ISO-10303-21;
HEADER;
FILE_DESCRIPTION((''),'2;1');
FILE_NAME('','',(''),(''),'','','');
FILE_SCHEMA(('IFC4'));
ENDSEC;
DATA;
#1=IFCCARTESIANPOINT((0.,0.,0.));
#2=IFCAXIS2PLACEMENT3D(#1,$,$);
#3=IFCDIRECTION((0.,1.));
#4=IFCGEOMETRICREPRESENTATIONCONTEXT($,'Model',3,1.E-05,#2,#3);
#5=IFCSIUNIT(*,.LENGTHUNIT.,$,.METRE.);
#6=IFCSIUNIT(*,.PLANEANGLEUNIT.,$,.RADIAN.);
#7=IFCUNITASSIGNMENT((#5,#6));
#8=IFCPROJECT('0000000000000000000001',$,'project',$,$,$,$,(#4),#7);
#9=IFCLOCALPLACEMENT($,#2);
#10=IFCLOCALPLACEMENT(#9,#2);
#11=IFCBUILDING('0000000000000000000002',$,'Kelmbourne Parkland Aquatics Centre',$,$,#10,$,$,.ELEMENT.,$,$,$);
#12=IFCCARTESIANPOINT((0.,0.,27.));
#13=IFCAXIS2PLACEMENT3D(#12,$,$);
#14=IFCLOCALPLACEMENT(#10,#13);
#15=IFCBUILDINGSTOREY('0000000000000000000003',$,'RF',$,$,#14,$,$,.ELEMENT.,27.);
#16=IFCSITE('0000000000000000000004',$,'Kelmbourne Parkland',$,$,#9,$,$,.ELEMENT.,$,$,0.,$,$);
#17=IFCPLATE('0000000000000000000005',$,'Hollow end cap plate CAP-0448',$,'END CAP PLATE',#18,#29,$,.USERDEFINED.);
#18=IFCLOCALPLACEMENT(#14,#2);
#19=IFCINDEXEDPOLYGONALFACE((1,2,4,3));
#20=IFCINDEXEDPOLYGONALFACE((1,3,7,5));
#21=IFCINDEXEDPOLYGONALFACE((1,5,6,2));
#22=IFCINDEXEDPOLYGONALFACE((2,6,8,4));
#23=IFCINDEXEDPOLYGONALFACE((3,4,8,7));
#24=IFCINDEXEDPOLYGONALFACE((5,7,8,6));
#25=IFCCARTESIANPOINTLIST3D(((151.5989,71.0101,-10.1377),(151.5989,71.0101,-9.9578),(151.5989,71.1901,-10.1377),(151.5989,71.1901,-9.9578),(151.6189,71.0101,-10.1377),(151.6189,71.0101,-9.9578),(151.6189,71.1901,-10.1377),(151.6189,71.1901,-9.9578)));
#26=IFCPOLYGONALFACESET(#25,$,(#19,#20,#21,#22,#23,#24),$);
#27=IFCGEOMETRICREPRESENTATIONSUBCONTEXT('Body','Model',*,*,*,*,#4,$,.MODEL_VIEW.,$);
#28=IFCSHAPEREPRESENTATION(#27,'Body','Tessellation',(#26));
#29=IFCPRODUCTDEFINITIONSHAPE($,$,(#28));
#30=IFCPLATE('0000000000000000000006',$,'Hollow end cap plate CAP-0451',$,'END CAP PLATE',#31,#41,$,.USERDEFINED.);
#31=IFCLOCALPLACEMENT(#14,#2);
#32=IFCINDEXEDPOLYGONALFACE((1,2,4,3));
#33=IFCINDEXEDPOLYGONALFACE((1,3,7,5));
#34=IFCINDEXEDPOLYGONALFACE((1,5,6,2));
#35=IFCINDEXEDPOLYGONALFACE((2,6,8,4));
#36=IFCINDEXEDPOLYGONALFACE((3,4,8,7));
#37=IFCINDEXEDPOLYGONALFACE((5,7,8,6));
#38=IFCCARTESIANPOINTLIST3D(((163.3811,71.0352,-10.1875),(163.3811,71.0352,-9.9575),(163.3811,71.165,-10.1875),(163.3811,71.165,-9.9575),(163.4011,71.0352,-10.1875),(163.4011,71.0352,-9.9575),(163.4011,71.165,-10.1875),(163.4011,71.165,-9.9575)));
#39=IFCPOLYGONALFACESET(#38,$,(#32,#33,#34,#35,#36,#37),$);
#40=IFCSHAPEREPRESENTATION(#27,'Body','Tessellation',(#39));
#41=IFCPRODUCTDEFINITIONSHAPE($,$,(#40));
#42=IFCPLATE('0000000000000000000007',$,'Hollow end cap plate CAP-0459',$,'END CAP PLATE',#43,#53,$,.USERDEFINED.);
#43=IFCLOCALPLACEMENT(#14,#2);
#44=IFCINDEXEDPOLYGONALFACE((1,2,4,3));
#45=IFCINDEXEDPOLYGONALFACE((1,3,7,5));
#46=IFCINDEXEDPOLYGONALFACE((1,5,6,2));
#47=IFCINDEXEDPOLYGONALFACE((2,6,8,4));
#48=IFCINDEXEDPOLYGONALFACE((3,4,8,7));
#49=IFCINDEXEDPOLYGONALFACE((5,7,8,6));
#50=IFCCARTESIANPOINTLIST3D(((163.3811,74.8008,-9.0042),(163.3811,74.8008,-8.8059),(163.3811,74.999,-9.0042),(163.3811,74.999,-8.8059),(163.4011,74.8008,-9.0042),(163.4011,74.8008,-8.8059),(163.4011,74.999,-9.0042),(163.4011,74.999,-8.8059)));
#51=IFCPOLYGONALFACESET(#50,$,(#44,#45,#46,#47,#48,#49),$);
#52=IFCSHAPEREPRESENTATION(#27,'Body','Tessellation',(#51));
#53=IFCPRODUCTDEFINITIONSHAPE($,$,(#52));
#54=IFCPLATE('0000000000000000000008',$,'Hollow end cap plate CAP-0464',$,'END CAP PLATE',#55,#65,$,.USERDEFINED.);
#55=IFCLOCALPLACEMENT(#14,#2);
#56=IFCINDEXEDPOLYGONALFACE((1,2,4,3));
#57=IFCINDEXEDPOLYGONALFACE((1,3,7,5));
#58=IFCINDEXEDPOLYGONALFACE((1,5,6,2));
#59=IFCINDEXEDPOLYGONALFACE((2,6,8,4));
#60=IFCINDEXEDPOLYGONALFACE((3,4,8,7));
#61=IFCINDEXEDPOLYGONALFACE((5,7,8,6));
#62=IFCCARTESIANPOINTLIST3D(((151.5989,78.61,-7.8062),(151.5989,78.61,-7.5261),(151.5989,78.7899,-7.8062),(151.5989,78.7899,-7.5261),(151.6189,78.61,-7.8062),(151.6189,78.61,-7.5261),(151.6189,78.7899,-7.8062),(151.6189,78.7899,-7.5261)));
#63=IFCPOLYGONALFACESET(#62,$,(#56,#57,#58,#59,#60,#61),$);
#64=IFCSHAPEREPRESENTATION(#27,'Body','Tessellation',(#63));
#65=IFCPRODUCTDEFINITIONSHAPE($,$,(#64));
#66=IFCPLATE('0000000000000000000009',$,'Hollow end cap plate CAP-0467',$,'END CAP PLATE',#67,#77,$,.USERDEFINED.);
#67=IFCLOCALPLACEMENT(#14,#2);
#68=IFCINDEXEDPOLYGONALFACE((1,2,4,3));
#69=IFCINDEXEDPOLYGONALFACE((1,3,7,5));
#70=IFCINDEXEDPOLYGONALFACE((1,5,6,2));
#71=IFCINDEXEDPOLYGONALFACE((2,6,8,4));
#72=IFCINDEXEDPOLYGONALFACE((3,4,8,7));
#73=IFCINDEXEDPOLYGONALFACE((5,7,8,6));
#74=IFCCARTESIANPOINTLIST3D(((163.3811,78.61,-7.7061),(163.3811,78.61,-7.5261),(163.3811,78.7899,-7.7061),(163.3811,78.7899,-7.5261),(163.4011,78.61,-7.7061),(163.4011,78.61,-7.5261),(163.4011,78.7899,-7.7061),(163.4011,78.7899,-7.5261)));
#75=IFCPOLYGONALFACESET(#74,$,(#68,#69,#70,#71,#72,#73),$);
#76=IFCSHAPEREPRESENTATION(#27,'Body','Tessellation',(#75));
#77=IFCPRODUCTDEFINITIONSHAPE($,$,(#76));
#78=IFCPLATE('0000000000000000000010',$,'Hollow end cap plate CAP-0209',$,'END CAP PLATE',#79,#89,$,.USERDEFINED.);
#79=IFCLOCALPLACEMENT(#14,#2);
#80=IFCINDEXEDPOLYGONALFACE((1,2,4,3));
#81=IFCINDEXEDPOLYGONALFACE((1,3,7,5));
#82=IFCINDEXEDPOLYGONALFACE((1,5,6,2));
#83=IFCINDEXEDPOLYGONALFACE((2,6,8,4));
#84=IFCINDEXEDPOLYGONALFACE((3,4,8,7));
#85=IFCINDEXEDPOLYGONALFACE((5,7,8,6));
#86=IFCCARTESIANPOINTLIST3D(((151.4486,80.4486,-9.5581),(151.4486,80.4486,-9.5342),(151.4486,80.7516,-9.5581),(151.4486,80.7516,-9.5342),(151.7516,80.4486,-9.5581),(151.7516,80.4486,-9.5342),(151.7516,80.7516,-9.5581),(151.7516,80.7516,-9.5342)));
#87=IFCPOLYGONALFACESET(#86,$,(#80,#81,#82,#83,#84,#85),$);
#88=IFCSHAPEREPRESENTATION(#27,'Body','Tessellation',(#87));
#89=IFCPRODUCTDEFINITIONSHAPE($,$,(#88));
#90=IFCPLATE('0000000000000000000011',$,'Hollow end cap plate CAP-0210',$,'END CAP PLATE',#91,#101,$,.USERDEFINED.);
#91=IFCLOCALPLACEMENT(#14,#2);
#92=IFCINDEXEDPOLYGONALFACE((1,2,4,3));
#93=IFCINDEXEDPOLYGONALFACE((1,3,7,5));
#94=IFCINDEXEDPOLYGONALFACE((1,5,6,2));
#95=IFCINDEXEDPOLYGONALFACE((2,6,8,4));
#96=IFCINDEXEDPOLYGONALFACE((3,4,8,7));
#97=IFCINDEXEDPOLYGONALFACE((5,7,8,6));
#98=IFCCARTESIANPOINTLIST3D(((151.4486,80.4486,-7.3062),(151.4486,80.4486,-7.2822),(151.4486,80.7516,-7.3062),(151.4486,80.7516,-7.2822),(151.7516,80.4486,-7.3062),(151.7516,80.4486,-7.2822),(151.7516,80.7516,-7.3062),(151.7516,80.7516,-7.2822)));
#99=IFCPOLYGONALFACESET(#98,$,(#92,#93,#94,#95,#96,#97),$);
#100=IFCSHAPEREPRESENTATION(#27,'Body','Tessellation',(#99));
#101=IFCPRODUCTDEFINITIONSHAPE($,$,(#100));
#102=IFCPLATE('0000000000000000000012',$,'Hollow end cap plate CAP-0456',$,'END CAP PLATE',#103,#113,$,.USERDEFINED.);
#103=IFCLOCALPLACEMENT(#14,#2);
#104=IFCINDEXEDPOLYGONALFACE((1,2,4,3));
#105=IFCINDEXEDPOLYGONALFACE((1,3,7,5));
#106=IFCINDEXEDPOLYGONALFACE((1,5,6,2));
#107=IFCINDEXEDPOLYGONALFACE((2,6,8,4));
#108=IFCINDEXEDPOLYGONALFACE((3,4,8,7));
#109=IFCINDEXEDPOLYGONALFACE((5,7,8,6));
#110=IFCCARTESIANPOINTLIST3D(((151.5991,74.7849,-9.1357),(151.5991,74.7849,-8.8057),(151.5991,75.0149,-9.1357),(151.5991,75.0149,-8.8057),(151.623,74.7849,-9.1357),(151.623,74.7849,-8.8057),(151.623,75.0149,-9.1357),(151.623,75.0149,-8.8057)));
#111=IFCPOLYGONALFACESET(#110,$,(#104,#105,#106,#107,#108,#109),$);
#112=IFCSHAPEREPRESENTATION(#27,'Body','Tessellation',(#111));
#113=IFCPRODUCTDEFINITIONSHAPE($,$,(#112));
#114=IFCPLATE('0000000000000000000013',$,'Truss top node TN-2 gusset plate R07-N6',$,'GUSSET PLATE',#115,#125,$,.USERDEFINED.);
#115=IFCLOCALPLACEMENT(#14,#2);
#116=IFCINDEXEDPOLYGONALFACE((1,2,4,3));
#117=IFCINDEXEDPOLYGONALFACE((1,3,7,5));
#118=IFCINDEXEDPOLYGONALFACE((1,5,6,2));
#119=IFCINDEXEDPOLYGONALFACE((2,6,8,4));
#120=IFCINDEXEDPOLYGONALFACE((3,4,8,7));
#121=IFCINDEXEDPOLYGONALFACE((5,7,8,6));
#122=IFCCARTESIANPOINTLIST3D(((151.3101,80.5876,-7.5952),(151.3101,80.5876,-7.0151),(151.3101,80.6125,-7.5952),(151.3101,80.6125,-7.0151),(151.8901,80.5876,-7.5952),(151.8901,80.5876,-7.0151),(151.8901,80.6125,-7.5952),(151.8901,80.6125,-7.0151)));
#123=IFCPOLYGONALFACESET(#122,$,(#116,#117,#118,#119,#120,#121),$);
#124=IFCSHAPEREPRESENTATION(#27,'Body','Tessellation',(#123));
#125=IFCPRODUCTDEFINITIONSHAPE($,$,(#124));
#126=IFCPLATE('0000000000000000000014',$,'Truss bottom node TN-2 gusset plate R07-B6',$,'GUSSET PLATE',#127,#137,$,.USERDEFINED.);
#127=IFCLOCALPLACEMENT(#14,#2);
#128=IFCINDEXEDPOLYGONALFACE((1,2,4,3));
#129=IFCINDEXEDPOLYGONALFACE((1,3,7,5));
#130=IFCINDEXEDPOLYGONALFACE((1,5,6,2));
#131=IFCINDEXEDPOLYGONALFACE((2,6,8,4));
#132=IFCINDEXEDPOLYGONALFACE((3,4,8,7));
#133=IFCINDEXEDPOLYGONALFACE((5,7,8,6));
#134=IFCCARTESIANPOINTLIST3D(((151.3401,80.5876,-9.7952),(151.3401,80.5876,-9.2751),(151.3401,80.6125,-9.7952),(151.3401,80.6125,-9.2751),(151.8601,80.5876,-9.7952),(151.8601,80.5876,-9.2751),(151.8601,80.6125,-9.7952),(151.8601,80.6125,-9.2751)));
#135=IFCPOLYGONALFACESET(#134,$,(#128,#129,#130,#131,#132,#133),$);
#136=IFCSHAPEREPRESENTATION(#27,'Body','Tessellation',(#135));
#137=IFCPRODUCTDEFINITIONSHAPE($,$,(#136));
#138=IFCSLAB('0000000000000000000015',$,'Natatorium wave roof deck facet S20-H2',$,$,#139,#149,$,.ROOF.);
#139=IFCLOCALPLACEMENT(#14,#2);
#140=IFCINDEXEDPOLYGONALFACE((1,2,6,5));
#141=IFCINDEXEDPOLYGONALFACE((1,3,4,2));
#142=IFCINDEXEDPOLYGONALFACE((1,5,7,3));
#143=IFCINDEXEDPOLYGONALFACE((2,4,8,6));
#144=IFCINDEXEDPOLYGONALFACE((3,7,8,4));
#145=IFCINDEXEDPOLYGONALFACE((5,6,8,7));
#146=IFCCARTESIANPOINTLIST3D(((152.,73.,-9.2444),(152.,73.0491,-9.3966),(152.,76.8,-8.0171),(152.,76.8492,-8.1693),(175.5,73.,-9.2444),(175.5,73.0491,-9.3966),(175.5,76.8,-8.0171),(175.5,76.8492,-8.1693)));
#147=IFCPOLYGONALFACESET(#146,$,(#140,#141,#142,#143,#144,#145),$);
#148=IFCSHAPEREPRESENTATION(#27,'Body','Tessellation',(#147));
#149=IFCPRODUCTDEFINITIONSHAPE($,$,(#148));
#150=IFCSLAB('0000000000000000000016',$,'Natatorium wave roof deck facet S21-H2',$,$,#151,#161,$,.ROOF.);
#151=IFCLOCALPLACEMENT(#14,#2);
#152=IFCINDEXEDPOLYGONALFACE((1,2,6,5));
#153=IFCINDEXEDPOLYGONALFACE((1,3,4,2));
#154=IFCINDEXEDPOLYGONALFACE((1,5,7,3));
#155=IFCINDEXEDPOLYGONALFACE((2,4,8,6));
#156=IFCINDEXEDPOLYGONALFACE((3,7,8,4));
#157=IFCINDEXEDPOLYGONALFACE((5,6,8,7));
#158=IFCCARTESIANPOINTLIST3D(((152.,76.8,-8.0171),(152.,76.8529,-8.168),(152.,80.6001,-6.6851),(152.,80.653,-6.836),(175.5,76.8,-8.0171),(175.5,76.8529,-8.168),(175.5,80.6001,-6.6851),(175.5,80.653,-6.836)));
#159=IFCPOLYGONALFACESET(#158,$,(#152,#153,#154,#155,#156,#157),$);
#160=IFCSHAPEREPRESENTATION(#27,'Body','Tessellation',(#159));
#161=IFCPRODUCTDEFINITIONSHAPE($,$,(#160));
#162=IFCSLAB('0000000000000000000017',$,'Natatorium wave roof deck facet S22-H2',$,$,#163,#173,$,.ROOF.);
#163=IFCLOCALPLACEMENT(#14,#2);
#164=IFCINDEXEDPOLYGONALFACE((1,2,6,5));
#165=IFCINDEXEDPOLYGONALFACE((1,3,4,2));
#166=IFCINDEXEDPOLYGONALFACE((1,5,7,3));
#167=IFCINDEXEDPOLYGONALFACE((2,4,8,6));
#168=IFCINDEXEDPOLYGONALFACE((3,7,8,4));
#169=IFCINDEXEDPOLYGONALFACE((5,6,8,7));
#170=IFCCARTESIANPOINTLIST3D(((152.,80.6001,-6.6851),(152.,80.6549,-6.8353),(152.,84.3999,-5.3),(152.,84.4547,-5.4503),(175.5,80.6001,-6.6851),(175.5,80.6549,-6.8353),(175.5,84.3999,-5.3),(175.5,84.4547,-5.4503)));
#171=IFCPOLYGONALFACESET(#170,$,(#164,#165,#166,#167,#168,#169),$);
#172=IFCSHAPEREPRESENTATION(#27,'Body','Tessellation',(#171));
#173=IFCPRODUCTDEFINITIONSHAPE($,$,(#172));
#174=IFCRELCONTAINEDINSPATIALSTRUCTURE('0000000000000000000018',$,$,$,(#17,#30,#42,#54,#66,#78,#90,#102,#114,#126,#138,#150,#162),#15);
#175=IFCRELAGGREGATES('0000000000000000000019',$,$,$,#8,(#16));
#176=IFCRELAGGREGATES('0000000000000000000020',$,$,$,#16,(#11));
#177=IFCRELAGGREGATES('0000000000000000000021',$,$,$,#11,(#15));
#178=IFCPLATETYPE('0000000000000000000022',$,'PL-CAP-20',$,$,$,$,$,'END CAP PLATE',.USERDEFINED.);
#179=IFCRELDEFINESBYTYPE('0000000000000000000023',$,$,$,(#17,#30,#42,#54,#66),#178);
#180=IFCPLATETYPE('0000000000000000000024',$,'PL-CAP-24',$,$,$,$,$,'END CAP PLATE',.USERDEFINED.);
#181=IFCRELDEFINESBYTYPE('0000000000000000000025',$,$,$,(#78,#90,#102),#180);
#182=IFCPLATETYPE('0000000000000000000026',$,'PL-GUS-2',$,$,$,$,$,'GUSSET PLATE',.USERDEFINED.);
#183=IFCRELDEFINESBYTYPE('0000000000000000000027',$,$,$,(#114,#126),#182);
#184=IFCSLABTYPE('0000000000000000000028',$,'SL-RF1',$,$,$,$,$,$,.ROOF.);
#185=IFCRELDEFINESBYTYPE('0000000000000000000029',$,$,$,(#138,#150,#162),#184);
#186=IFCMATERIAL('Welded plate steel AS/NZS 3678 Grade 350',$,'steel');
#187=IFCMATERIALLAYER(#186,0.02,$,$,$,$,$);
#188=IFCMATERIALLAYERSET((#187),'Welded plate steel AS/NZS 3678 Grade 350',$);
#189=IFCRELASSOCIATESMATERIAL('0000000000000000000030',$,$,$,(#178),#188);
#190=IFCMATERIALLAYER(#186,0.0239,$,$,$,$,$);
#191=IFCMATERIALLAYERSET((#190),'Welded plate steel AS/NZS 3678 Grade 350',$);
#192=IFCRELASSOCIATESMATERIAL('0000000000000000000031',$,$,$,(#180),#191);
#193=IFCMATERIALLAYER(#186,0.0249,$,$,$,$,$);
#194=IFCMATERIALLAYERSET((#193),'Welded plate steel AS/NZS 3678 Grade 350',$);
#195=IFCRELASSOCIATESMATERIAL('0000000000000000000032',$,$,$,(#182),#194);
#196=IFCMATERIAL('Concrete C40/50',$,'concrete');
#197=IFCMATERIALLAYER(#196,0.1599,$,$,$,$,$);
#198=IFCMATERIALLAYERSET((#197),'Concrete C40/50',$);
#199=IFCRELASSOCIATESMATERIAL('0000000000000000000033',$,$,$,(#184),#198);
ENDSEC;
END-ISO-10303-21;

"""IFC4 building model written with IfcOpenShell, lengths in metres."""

from ifc_helpers import new_model, si_unit, direction, frame, origin, origin_2d, place, context, subcontext, project, spatial, polyline, rectangle, outline, extrude, material, layer, layer_set, type_object, element, save


model = new_model("IFC4")

# Units and contexts
model_context = context("Model", 3, precision=1e-05, world=origin(), true_north=direction((0.0, 1.0)))
body_context = subcontext(model_context, "Body", "Model", "MODEL_VIEW")
ifc_project = project(units=[si_unit("LENGTHUNIT", "METRE"), si_unit("PLANEANGLEUNIT", "RADIAN")], contexts=[model_context])

# Site, building, storey
site_placement = place(None, origin())
site = spatial("IfcSite", under=ifc_project, at=site_placement, Name="Kelmbourne Parkland", CompositionType="ELEMENT", RefElevation=0.0)
building_placement = place(site_placement, origin())
building = spatial("IfcBuilding", under=site, at=building_placement, Name="Kelmbourne Parkland Aquatics Centre", CompositionType="ELEMENT")
storey_placement = place(building_placement, frame((0.0, 0.0, 27.0)))
storey = spatial("IfcBuildingStorey", under=building, at=storey_placement, Name="RF", CompositionType="ELEMENT", Elevation=27.0)

# Shared definitions
ifc_material_1 = material(Name="Welded plate steel AS/NZS 3678 Grade 350", Category="steel")

# Plates
ifc_layer_1 = layer(ifc_material_1, 0.02)
ifc_layer_set_1 = layer_set([ifc_layer_1], Name="Welded plate steel AS/NZS 3678 Grade 350")
plate_type_1 = type_object("IfcPlateType", Name="PL-CAP-20", ElementType="END CAP PLATE", PredefinedType="USERDEFINED", material=ifc_layer_set_1)
plate_1_placement = place(storey_placement, frame((151.6089, 71.1001, -10.1377), z_axis=(0.0, 0.0, 1.0), x_axis=(1.0, 0.0, 0.0)))
element("IfcPlate", 1, at=plate_1_placement, inside=storey, type_object=plate_type_1, Name="Hollow end cap plate CAP-0448", ObjectType="END CAP PLATE", PredefinedType="USERDEFINED", context=body_context, shape_type="SweptSolid", body=[
    extrude(rectangle(XDim=0.02, YDim=0.1799, at=origin_2d()), origin(), (0.0, 0.0, 1.0), 0.1799),
])
plate_2_placement = place(storey_placement, frame((163.3911, 71.1001, -10.1875), z_axis=(0.0, 0.0, 1.0), x_axis=(-1.0, 0.0, 0.0)))
element("IfcPlate", 2, at=plate_2_placement, inside=storey, type_object=plate_type_1, Name="Hollow end cap plate CAP-0451", ObjectType="END CAP PLATE", PredefinedType="USERDEFINED", context=body_context, shape_type="SweptSolid", body=[
    extrude(rectangle(XDim=0.02, YDim=0.1299, at=origin_2d()), origin(), (0.0, 0.0, 1.0), 0.23),
])
plate_3_placement = place(storey_placement, frame((163.3911, 74.8999, -9.0042), z_axis=(0.0, 0.0, 1.0), x_axis=(-1.0, 0.0, 0.0)))
element("IfcPlate", 3, at=plate_3_placement, inside=storey, type_object=plate_type_1, Name="Hollow end cap plate CAP-0459", ObjectType="END CAP PLATE", PredefinedType="USERDEFINED", context=body_context, shape_type="SweptSolid", body=[
    extrude(rectangle(XDim=0.02, YDim=0.1982, at=origin_2d()), origin(), (0.0, 0.0, 1.0), 0.1982),
])
plate_4_placement = place(storey_placement, frame((151.6089, 78.7, -7.8062), z_axis=(0.0, 0.0, 1.0), x_axis=(1.0, 0.0, 0.0)))
element("IfcPlate", 4, at=plate_4_placement, inside=storey, type_object=plate_type_1, Name="Hollow end cap plate CAP-0464", ObjectType="END CAP PLATE", PredefinedType="USERDEFINED", context=body_context, shape_type="SweptSolid", body=[
    extrude(rectangle(XDim=0.02, YDim=0.1799, at=origin_2d()), origin(), (0.0, 0.0, 1.0), 0.28),
])
plate_5_placement = place(storey_placement, frame((163.3911, 78.7, -7.7061), z_axis=(0.0, 0.0, 1.0), x_axis=(-1.0, 0.0, 0.0)))
element("IfcPlate", 5, at=plate_5_placement, inside=storey, type_object=plate_type_1, Name="Hollow end cap plate CAP-0467", ObjectType="END CAP PLATE", PredefinedType="USERDEFINED", context=body_context, shape_type="SweptSolid", body=[
    extrude(rectangle(XDim=0.02, YDim=0.1799, at=origin_2d()), origin(), (0.0, 0.0, 1.0), 0.1799),
])
ifc_layer_2 = layer(ifc_material_1, 0.0239)
ifc_layer_set_2 = layer_set([ifc_layer_2], Name="Welded plate steel AS/NZS 3678 Grade 350")
plate_type_2 = type_object("IfcPlateType", Name="PL-CAP-24", ElementType="END CAP PLATE", PredefinedType="USERDEFINED", material=ifc_layer_set_2)
for number, where, z_axis, x_axis, name in (
    (6, (151.6001, 80.6001, -9.5581), (0.0, 0.0, 1.0), (1.0, 0.0, 0.0), "Hollow end cap plate CAP-0209"),
    (7, (151.6001, 80.6001, -7.3062), (0.0, 0.0, 1.0), (1.0, 0.0, 0.0), "Hollow end cap plate CAP-0210"),
):
    element("IfcPlate", number, at=place(storey_placement, frame(where, z_axis=z_axis, x_axis=x_axis)), inside=storey, type_object=plate_type_2, Name=name, ObjectType="END CAP PLATE", PredefinedType="USERDEFINED", context=body_context, shape_type="SweptSolid", body=[
        extrude(rectangle(XDim=0.303, YDim=0.303, at=origin_2d()), origin(), (0.0, 0.0, 1.0), 0.0239),
    ])
plate_6_placement = place(storey_placement, frame((151.6111, 74.8999, -9.1357), z_axis=(0.0, 0.0, 1.0), x_axis=(1.0, 0.0, 0.0)))
element("IfcPlate", 8, at=plate_6_placement, inside=storey, type_object=plate_type_2, Name="Hollow end cap plate CAP-0456", ObjectType="END CAP PLATE", PredefinedType="USERDEFINED", context=body_context, shape_type="SweptSolid", body=[
    extrude(rectangle(XDim=0.0239, YDim=0.23, at=origin_2d()), origin(), (0.0, 0.0, 1.0), 0.3301),
])
ifc_layer_3 = layer(ifc_material_1, 0.0249)
ifc_layer_set_3 = layer_set([ifc_layer_3], Name="Welded plate steel AS/NZS 3678 Grade 350")
plate_type_3 = type_object("IfcPlateType", Name="PL-GUS-2", ElementType="GUSSET PLATE", PredefinedType="USERDEFINED", material=ifc_layer_set_3)
plate_7_placement = place(storey_placement, frame((151.6001, 80.6001, -7.5952), z_axis=(0.0, 0.0, 1.0), x_axis=(1.0, 0.0, 0.0)))
element("IfcPlate", 9, at=plate_7_placement, inside=storey, type_object=plate_type_3, Name="Truss top node TN-2 gusset plate R07-N6", ObjectType="GUSSET PLATE", PredefinedType="USERDEFINED", context=body_context, shape_type="SweptSolid", body=[
    extrude(rectangle(XDim=0.5801, YDim=0.0249, at=origin_2d()), origin(), (0.0, 0.0, 1.0), 0.5801),
])
plate_8_placement = place(storey_placement, frame((151.6001, 80.6001, -9.7952), z_axis=(0.0, 0.0, 1.0), x_axis=(1.0, 0.0, 0.0)))
element("IfcPlate", 10, at=plate_8_placement, inside=storey, type_object=plate_type_3, Name="Truss bottom node TN-2 gusset plate R07-B6", ObjectType="GUSSET PLATE", PredefinedType="USERDEFINED", context=body_context, shape_type="SweptSolid", body=[
    extrude(rectangle(XDim=0.52, YDim=0.0249, at=origin_2d()), origin(), (0.0, 0.0, 1.0), 0.52),
])

# Slabs
ifc_material_2 = material(Name="Concrete C40/50", Category="concrete")
ifc_layer_4 = layer(ifc_material_2, 0.1599)
ifc_layer_set_4 = layer_set([ifc_layer_4], Name="Concrete C40/50")
slab_type = type_object("IfcSlabType", Name="SL-RF1", PredefinedType="ROOF", material=ifc_layer_set_4)
slab_1_placement = place(storey_placement, frame((152.0, 73.0, -9.2444), z_axis=(0.0, -0.307337, 0.951601), x_axis=(1.0, 0.0, 0.0)))
element("IfcSlab", 11, at=slab_1_placement, inside=storey, type_object=slab_type, Name="Natatorium wave roof deck facet S20-H2", PredefinedType="ROOF", context=body_context, shape_type="SweptSolid", body=[
    extrude(outline(polyline([(0.0, 0.0), (23.5, 0.0), (23.5, 3.9933), (0.0, 3.9933), (0.0, 0.0)])), origin(), (0.0, 0.0, -1.0), 0.1599),
])
slab_2_placement = place(storey_placement, frame((152.0, 76.8, -8.0171), z_axis=(0.0, -0.330796, 0.943702), x_axis=(1.0, 0.0, 0.0)))
element("IfcSlab", 12, at=slab_2_placement, inside=storey, type_object=slab_type, Name="Natatorium wave roof deck facet S21-H2", PredefinedType="ROOF", context=body_context, shape_type="SweptSolid", body=[
    extrude(outline(polyline([(0.0, 0.0), (23.5, 0.0), (23.5, 4.0267), (0.0, 4.0267), (0.0, 0.0)])), origin(), (0.0, 0.0, -1.0), 0.1599),
])
slab_3_placement = place(storey_placement, frame((152.0, 80.6001, -6.6851), z_axis=(0.0, -0.342455, 0.939534), x_axis=(1.0, 0.0, 0.0)))
element("IfcSlab", 13, at=slab_3_placement, inside=storey, type_object=slab_type, Name="Natatorium wave roof deck facet S22-H2", PredefinedType="ROOF", context=body_context, shape_type="SweptSolid", body=[
    extrude(outline(polyline([(0.0, 0.0), (23.5, 0.0), (23.5, 4.0444), (0.0, 4.0444), (0.0, 0.0)])), origin(), (0.0, 0.0, -1.0), 0.1599),
])

save(model, "model.ifc")
